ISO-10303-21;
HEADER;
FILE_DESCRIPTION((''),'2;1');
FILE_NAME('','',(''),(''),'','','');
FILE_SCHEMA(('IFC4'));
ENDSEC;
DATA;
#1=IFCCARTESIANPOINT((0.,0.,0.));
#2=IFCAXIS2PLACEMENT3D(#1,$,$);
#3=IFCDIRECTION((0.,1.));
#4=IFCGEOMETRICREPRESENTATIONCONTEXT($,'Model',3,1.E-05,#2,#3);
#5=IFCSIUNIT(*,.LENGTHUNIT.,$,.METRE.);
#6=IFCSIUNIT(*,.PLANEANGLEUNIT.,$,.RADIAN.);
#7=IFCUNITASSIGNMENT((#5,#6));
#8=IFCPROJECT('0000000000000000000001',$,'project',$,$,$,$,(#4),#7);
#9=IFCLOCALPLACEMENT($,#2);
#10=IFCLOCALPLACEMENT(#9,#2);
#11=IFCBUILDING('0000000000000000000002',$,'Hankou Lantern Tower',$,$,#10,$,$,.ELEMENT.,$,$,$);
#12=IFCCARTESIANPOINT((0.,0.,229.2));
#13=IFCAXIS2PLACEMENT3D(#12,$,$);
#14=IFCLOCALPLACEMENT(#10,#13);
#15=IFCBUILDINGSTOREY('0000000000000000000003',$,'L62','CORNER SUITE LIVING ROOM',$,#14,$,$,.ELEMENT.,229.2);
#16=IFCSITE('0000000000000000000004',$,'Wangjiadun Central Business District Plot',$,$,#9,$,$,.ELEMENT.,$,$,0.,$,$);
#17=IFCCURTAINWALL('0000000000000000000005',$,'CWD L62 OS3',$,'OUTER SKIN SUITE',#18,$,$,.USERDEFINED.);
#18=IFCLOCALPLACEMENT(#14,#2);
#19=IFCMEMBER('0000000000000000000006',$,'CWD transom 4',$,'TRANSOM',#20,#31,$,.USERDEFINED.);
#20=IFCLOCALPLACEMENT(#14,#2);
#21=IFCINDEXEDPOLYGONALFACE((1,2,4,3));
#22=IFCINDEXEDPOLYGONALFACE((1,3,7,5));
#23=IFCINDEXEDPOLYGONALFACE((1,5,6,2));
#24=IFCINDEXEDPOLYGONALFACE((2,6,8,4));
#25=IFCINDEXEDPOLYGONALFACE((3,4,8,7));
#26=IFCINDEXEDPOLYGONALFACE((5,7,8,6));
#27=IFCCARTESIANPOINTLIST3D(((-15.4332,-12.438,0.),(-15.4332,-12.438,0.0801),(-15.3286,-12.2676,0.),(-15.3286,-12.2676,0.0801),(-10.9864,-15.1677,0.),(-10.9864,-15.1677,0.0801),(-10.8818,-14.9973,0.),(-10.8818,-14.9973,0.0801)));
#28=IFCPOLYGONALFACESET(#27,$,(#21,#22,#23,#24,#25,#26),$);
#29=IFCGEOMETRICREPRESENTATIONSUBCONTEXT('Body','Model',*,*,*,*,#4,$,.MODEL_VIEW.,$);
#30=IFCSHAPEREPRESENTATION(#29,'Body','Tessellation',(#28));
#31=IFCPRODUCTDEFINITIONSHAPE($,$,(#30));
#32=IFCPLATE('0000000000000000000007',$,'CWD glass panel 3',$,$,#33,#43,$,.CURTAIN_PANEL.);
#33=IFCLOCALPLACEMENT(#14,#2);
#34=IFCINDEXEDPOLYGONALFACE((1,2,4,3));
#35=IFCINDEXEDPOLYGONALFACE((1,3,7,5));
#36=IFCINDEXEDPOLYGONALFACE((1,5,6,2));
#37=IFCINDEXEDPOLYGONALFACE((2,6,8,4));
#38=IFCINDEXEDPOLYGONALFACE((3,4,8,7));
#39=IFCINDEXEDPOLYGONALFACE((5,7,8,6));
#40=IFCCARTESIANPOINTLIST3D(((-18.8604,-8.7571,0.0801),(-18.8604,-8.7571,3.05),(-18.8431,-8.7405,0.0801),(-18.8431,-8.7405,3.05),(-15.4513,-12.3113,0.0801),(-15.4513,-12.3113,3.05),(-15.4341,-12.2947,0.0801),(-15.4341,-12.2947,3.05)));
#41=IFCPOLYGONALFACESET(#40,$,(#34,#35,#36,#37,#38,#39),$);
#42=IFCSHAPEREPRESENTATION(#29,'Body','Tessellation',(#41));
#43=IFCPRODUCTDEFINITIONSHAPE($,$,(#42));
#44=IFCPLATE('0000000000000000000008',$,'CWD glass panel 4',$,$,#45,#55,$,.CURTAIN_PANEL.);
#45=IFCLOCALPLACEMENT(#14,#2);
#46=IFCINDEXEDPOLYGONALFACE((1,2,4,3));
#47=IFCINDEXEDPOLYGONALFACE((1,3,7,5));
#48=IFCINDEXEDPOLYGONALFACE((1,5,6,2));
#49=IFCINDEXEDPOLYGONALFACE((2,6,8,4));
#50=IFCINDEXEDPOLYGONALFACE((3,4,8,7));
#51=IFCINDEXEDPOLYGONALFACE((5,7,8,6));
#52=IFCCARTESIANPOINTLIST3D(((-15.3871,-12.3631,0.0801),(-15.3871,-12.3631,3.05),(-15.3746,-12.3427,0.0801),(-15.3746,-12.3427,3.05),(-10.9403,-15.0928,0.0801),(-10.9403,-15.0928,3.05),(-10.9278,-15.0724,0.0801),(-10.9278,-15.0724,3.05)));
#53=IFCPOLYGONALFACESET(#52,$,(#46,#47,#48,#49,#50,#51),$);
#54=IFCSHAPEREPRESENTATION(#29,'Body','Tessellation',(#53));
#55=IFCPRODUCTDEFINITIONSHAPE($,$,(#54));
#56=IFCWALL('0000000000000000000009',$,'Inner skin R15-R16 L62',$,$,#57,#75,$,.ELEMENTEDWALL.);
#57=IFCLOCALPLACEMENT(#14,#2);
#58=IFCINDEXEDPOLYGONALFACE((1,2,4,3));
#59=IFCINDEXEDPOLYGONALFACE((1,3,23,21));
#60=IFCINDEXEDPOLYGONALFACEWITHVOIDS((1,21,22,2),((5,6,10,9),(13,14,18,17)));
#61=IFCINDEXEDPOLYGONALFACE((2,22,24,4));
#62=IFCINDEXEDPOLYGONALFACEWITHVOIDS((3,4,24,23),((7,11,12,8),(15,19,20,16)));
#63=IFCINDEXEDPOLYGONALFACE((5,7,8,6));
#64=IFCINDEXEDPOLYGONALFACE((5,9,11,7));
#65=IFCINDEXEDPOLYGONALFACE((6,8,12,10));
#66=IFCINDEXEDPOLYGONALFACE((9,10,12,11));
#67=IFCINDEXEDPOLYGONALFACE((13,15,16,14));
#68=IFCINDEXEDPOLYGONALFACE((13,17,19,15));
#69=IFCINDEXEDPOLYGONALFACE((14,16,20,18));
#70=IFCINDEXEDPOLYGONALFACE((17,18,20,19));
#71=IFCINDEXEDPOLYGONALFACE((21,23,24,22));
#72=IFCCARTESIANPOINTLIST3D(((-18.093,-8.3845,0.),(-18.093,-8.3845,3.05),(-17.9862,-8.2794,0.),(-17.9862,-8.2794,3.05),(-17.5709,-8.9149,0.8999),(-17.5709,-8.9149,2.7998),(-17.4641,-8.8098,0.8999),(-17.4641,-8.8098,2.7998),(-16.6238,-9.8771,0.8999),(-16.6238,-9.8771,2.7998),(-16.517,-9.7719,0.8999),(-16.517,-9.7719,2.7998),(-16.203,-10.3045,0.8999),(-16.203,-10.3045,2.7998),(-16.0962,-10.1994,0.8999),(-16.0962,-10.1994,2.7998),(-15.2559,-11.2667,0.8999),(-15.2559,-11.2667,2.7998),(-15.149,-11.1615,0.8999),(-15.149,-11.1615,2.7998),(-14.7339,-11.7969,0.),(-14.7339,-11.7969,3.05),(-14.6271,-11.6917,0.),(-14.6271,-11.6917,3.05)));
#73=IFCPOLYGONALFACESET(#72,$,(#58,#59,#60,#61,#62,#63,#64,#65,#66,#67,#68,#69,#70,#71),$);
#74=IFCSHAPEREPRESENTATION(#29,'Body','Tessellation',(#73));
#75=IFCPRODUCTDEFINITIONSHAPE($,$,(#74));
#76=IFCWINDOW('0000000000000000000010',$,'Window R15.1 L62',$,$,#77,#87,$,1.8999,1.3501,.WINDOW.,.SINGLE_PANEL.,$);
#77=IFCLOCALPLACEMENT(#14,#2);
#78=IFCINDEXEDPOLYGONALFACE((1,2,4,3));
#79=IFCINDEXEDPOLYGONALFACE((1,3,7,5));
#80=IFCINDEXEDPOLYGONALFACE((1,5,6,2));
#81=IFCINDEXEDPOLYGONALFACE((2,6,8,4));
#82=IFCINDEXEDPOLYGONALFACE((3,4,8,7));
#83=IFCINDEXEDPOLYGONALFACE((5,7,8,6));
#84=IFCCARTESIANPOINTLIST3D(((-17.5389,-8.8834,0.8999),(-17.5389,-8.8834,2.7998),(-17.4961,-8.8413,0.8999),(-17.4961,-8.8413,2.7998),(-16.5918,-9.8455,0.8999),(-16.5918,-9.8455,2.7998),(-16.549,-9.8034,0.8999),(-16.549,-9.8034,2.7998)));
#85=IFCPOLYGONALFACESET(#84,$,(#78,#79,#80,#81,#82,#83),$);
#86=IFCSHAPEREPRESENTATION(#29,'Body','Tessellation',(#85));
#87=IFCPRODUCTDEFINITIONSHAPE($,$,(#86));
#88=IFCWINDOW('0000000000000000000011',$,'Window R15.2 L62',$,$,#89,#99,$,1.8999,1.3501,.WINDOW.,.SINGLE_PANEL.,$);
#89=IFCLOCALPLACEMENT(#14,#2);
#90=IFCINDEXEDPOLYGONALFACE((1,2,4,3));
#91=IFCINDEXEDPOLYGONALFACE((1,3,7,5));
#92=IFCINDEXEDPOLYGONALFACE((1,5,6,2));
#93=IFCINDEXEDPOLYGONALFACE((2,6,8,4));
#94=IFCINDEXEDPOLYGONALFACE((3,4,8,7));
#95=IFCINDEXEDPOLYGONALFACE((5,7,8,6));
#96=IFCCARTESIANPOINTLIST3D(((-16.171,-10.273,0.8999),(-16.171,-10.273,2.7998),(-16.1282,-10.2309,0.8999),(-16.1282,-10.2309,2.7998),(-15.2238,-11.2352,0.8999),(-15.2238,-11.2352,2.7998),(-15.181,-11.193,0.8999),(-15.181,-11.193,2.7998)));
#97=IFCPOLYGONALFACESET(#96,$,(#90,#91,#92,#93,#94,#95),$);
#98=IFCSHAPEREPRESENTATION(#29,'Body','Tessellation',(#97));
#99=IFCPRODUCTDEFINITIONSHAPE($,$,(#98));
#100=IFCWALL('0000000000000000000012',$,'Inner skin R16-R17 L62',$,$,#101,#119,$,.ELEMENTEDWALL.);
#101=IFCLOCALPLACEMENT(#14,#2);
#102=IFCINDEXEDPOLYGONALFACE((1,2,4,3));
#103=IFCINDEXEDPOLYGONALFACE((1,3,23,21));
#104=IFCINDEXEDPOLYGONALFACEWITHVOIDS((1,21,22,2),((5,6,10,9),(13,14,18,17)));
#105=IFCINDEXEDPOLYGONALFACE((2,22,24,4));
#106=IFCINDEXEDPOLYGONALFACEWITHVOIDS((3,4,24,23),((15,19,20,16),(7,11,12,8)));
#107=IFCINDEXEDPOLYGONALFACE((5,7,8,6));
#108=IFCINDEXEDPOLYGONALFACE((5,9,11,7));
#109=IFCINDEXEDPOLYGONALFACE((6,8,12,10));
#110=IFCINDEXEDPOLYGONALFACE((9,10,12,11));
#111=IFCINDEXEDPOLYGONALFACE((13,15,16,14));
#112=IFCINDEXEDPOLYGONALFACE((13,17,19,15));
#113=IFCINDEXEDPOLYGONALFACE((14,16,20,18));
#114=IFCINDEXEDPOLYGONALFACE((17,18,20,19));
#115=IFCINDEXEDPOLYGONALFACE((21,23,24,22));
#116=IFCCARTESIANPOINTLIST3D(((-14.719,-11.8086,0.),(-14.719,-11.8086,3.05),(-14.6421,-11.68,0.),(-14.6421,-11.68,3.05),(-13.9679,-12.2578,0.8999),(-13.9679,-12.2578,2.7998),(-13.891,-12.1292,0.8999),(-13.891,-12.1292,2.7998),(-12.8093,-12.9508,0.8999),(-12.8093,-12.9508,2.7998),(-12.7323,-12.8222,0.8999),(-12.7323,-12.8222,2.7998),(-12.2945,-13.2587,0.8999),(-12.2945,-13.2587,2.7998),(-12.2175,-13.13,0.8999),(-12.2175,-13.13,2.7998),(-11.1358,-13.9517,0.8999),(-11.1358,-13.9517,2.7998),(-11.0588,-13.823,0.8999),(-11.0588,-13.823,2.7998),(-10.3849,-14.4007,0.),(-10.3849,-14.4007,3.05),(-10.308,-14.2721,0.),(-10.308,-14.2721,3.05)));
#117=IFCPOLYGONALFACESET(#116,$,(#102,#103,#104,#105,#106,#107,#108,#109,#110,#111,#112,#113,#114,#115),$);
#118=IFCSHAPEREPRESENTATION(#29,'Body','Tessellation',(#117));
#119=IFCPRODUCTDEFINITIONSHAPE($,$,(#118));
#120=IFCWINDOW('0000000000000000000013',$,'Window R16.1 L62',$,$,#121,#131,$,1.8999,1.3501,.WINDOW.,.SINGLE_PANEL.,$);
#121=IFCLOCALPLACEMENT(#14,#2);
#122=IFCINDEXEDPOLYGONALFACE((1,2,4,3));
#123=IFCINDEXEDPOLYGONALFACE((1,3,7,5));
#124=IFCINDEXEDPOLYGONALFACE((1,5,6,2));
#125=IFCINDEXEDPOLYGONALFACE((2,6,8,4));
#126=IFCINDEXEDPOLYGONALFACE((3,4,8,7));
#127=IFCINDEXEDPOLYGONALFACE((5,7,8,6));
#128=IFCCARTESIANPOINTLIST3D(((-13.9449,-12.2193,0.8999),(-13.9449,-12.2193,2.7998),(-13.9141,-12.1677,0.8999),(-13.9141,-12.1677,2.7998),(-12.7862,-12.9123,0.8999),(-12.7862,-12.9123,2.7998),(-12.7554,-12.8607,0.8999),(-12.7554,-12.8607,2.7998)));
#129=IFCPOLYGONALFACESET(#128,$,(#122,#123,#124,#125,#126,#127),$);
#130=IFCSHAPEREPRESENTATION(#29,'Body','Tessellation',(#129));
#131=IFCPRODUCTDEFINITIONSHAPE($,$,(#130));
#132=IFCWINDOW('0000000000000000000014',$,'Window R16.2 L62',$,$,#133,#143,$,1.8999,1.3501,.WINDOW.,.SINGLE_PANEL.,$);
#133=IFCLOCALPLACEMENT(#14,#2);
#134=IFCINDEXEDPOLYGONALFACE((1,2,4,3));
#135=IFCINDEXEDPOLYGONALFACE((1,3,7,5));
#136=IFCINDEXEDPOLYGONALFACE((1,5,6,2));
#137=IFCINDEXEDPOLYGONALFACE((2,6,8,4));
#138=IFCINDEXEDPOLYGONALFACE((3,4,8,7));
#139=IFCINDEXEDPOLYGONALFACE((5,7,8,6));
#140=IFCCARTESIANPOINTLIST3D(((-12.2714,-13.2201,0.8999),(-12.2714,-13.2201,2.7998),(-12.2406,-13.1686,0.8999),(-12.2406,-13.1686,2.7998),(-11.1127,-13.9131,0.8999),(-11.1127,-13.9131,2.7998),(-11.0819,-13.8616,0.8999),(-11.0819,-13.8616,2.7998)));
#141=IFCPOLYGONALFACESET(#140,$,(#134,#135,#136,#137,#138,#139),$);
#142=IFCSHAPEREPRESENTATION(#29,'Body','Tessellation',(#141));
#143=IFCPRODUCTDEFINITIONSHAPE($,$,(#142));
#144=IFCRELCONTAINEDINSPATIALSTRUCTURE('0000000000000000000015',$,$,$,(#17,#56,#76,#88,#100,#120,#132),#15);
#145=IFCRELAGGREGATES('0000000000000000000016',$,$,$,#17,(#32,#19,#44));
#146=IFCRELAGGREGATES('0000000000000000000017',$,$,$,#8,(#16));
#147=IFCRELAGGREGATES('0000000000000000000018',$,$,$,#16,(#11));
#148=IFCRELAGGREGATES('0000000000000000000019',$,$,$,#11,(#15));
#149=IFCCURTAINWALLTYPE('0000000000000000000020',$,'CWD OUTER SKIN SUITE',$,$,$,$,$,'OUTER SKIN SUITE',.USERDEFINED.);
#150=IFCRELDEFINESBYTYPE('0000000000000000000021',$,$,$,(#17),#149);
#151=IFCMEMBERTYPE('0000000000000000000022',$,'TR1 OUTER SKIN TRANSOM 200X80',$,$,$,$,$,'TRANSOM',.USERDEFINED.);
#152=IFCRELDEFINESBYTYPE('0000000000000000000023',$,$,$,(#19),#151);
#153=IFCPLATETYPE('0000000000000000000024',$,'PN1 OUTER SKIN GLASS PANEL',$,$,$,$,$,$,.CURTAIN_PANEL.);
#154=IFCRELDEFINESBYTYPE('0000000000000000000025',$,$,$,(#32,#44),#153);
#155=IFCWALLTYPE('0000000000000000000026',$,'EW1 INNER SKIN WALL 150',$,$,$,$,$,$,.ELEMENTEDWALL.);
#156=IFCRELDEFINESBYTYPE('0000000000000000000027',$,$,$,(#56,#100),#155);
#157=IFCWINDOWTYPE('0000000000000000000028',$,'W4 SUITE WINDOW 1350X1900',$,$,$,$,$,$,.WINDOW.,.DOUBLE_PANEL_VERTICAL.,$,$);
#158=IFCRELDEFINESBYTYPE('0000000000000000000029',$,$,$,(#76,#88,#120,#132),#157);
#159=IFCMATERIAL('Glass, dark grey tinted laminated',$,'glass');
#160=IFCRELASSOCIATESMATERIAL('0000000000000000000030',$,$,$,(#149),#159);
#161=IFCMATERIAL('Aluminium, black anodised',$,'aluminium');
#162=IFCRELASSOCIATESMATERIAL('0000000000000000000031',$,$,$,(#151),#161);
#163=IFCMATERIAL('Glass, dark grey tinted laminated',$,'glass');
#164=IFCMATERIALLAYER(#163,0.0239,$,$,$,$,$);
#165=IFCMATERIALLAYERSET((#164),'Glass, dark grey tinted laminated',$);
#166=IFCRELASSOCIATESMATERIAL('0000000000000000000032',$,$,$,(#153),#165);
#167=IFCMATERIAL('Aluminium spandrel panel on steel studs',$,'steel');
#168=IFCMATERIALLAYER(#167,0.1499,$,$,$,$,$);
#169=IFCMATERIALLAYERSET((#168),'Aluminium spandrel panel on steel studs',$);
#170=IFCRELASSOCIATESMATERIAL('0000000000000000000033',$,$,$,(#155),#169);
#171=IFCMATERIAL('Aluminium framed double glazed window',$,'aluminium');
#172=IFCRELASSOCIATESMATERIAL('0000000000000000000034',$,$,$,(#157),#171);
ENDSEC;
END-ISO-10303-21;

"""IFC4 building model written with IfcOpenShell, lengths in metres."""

from ifc_helpers import new_model, si_unit, direction, frame, frame_2d, origin, origin_2d, place, context, subcontext, project, spatial, rectangle, extrude, material, layer, layer_set, material_profile, profile_set, type_object, element, fill, aggregate, save


model = new_model("IFC4")

# Units and contexts
model_context = context("Model", 3, precision=1e-05, world=origin(), true_north=direction((0.0, 1.0)))
body_context = subcontext(model_context, "Body", "Model", "MODEL_VIEW")
ifc_project = project(units=[si_unit("LENGTHUNIT", "METRE"), si_unit("PLANEANGLEUNIT", "RADIAN")], contexts=[model_context])

# Site, building, storey
site_placement = place(None, origin())
site = spatial("IfcSite", under=ifc_project, at=site_placement, Name="Wangjiadun Central Business District Plot", CompositionType="ELEMENT", RefElevation=0.0)
building_placement = place(site_placement, origin())
building = spatial("IfcBuilding", under=site, at=building_placement, Name="Hankou Lantern Tower", CompositionType="ELEMENT")
storey_placement = place(building_placement, frame((0.0, 0.0, 229.2)))
storey = spatial("IfcBuildingStorey", under=building, at=storey_placement, Name="L62", Description="CORNER SUITE LIVING ROOM", CompositionType="ELEMENT", Elevation=229.2)

# Curtain wall
ifc_material_1 = material(Name="Glass, dark grey tinted laminated", Category="glass")
curtain_wall_type = type_object("IfcCurtainWallType", Name="CWD OUTER SKIN SUITE", ElementType="OUTER SKIN SUITE", PredefinedType="USERDEFINED", material=ifc_material_1)
curtain_wall_placement = place(storey_placement, origin())
curtain_wall = element("IfcCurtainWall", 1, at=curtain_wall_placement, inside=storey, type_object=curtain_wall_type, Name="CWD L62 OS3", ObjectType="OUTER SKIN SUITE", PredefinedType="USERDEFINED")

# Member
ifc_material_2 = material(Name="Aluminium, black anodised", Category="aluminium")
ifc_material_profile_1 = material_profile(ifc_material_2, rectangle(XDim=0.2, YDim=0.0801, at=origin_2d()), Name="TR1 200X80")
ifc_profile_set_1 = profile_set([ifc_material_profile_1], Name="Aluminium, black anodised")
member_type_1 = type_object("IfcMemberType", Name="TR1 OUTER SKIN TRANSOM 200X80", ElementType="TRANSOM", PredefinedType="USERDEFINED", material=ifc_profile_set_1)
member_1_placement = place(storey_placement, frame((-15.3809, -12.3528, 0.04), z_axis=(0.852235, -0.52316, 0.0), x_axis=(0.52316, 0.852235, 0.0)))
member_1 = element("IfcMember", 2, at=member_1_placement, type_object=member_type_1, Name="CWD transom 4", ObjectType="TRANSOM", PredefinedType="USERDEFINED", context=body_context, shape_type="SweptSolid", body=[
    extrude(rectangle(XDim=0.2, YDim=0.0801, at=origin_2d()), origin(), (0.0, 0.0, 1.0), 5.2178),
])

# Plates
ifc_material_3 = material(Name="Glass, dark grey tinted laminated", Category="glass")
ifc_layer_1 = layer(ifc_material_3, 0.0239)
ifc_layer_set_1 = layer_set([ifc_layer_1], Name="Glass, dark grey tinted laminated")
plate_type = type_object("IfcPlateType", Name="PN1 OUTER SKIN GLASS PANEL", PredefinedType="CURTAIN_PANEL", material=ifc_layer_set_1)
plate_1_placement = place(storey_placement, frame((-17.1472, -10.5259, 0.0801), z_axis=(0.0, 0.0, 1.0), x_axis=(0.692216, -0.721691, 0.0)))
plate_1 = element("IfcPlate", 3, at=plate_1_placement, type_object=plate_type, Name="CWD glass panel 3", PredefinedType="CURTAIN_PANEL", context=body_context, shape_type="SweptSolid", body=[
    extrude(rectangle(XDim=4.9248, YDim=0.0239, at=origin_2d()), origin(), (0.0, 0.0, 1.0), 2.97),
])
plate_2_placement = place(storey_placement, frame((-13.1575, -13.7178, 0.0801), z_axis=(0.0, 0.0, 1.0), x_axis=(0.852237, -0.523156, 0.0)))
plate_2 = element("IfcPlate", 4, at=plate_2_placement, type_object=plate_type, Name="CWD glass panel 4", PredefinedType="CURTAIN_PANEL", context=body_context, shape_type="SweptSolid", body=[
    extrude(rectangle(XDim=5.2178, YDim=0.0239, at=origin_2d()), origin(), (0.0, 0.0, 1.0), 2.97),
])
aggregate(curtain_wall, [plate_1, member_1, plate_2])

# Walls, openings, windows
ifc_material_4 = material(Name="Aluminium spandrel panel on steel studs", Category="steel")
ifc_layer_2 = layer(ifc_material_4, 0.1499)
ifc_layer_set_2 = layer_set([ifc_layer_2], Name="Aluminium spandrel panel on steel studs")
wall_type_1 = type_object("IfcWallType", Name="EW1 INNER SKIN WALL 150", PredefinedType="ELEMENTEDWALL", material=ifc_layer_set_2)
wall_1_placement = place(storey_placement, frame((-18.0396, -8.332, 0.0), z_axis=(0.0, 0.0, 1.0), x_axis=(0.701527, -0.712643, 0.0)))
wall_1 = element("IfcWall", 5, at=wall_1_placement, inside=storey, type_object=wall_type_1, Name="Inner skin R15-R16 L62", PredefinedType="ELEMENTEDWALL", context=body_context, shape_type="SweptSolid", body=[
    extrude(rectangle(XDim=4.7883, YDim=0.1499, at=frame_2d((2.394, 0.0))), origin(), (0.0, 0.0, 1.0), 3.05),
])
opening_1_placement = place(wall_1_placement, frame((0.7441, 0.0, 0.8999)))
opening_1 = element("IfcOpeningElement", 6, at=opening_1_placement, cuts=wall_1, PredefinedType="OPENING", context=body_context, shape_type="SweptSolid", body=[
    extrude(rectangle(XDim=1.3501, YDim=1.8999, at=frame_2d((0.675, 0.95))), frame((0.0, 0.085, 0.0), z_axis=(0.0, -1.0, 0.0), x_axis=(1.0, 0.0, 0.0)), (0.0, 0.0, 1.0), 0.1699),
])
opening_2_placement = place(wall_1_placement, frame((2.6941, 0.0, 0.8999)))
opening_2 = element("IfcOpeningElement", 7, at=opening_2_placement, cuts=wall_1, PredefinedType="OPENING", context=body_context, shape_type="SweptSolid", body=[
    extrude(rectangle(XDim=1.3501, YDim=1.8999, at=frame_2d((0.675, 0.95))), frame((0.0, 0.085, 0.0), z_axis=(0.0, -1.0, 0.0), x_axis=(1.0, 0.0, 0.0)), (0.0, 0.0, 1.0), 0.1699),
])
ifc_material_5 = material(Name="Aluminium framed double glazed window", Category="aluminium")
window_type = type_object("IfcWindowType", Name="W4 SUITE WINDOW 1350X1900", PartitioningType="DOUBLE_PANEL_VERTICAL", PredefinedType="WINDOW", material=ifc_material_5)
window_1_placement = place(opening_1_placement, origin())
window_1 = element("IfcWindow", 8, at=window_1_placement, inside=storey, type_object=window_type, Name="Window R15.1 L62", OverallHeight=1.8999, OverallWidth=1.3501, PartitioningType="SINGLE_PANEL", PredefinedType="WINDOW", context=body_context, shape_type="SweptSolid", body=[
    extrude(rectangle(XDim=1.3501, YDim=1.8999, at=frame_2d((0.675, 0.95))), frame((0.0, 0.03, 0.0), z_axis=(0.0, -1.0, 0.0), x_axis=(1.0, 0.0, 0.0)), (0.0, 0.0, 1.0), 0.0601),
])
fill(opening_1, window_1)
window_2_placement = place(opening_2_placement, origin())
window_2 = element("IfcWindow", 9, at=window_2_placement, inside=storey, type_object=window_type, Name="Window R15.2 L62", OverallHeight=1.8999, OverallWidth=1.3501, PartitioningType="SINGLE_PANEL", PredefinedType="WINDOW", context=body_context, shape_type="SweptSolid", body=[
    extrude(rectangle(XDim=1.3501, YDim=1.8999, at=frame_2d((0.675, 0.95))), frame((0.0, 0.03, 0.0), z_axis=(0.0, -1.0, 0.0), x_axis=(1.0, 0.0, 0.0)), (0.0, 0.0, 1.0), 0.0601),
])
fill(opening_2, window_2)
wall_2_placement = place(storey_placement, frame((-14.6804, -11.7444, 0.0), z_axis=(0.0, 0.0, 1.0), x_axis=(0.858222, -0.51328, 0.0)))
wall_2 = element("IfcWall", 10, at=wall_2_placement, inside=storey, type_object=wall_type_1, Name="Inner skin R16-R17 L62", PredefinedType="ELEMENTEDWALL", context=body_context, shape_type="SweptSolid", body=[
    extrude(rectangle(XDim=5.05, YDim=0.1499, at=frame_2d((2.5249, 0.0))), origin(), (0.0, 0.0, 1.0), 3.05),
])
opening_3_placement = place(wall_2_placement, frame((0.875, 0.0, 0.8999)))
opening_3 = element("IfcOpeningElement", 11, at=opening_3_placement, cuts=wall_2, PredefinedType="OPENING", context=body_context, shape_type="SweptSolid", body=[
    extrude(rectangle(XDim=1.3501, YDim=1.8999, at=frame_2d((0.675, 0.95))), frame((0.0, 0.085, 0.0), z_axis=(0.0, -1.0, 0.0), x_axis=(1.0, 0.0, 0.0)), (0.0, 0.0, 1.0), 0.1699),
])
opening_4_placement = place(wall_2_placement, frame((2.825, 0.0, 0.8999)))
opening_4 = element("IfcOpeningElement", 12, at=opening_4_placement, cuts=wall_2, PredefinedType="OPENING", context=body_context, shape_type="SweptSolid", body=[
    extrude(rectangle(XDim=1.3501, YDim=1.8999, at=frame_2d((0.675, 0.95))), frame((0.0, 0.085, 0.0), z_axis=(0.0, -1.0, 0.0), x_axis=(1.0, 0.0, 0.0)), (0.0, 0.0, 1.0), 0.1699),
])
window_3_placement = place(opening_3_placement, origin())
window_3 = element("IfcWindow", 13, at=window_3_placement, inside=storey, type_object=window_type, Name="Window R16.1 L62", OverallHeight=1.8999, OverallWidth=1.3501, PartitioningType="SINGLE_PANEL", PredefinedType="WINDOW", context=body_context, shape_type="SweptSolid", body=[
    extrude(rectangle(XDim=1.3501, YDim=1.8999, at=frame_2d((0.675, 0.95))), frame((0.0, 0.03, 0.0), z_axis=(0.0, -1.0, 0.0), x_axis=(1.0, 0.0, 0.0)), (0.0, 0.0, 1.0), 0.0601),
])
fill(opening_3, window_3)
window_4_placement = place(opening_4_placement, origin())
window_4 = element("IfcWindow", 14, at=window_4_placement, inside=storey, type_object=window_type, Name="Window R16.2 L62", OverallHeight=1.8999, OverallWidth=1.3501, PartitioningType="SINGLE_PANEL", PredefinedType="WINDOW", context=body_context, shape_type="SweptSolid", body=[
    extrude(rectangle(XDim=1.3501, YDim=1.8999, at=frame_2d((0.675, 0.95))), frame((0.0, 0.03, 0.0), z_axis=(0.0, -1.0, 0.0), x_axis=(1.0, 0.0, 0.0)), (0.0, 0.0, 1.0), 0.0601),
])
fill(opening_4, window_4)

save(model, "model.ifc")
